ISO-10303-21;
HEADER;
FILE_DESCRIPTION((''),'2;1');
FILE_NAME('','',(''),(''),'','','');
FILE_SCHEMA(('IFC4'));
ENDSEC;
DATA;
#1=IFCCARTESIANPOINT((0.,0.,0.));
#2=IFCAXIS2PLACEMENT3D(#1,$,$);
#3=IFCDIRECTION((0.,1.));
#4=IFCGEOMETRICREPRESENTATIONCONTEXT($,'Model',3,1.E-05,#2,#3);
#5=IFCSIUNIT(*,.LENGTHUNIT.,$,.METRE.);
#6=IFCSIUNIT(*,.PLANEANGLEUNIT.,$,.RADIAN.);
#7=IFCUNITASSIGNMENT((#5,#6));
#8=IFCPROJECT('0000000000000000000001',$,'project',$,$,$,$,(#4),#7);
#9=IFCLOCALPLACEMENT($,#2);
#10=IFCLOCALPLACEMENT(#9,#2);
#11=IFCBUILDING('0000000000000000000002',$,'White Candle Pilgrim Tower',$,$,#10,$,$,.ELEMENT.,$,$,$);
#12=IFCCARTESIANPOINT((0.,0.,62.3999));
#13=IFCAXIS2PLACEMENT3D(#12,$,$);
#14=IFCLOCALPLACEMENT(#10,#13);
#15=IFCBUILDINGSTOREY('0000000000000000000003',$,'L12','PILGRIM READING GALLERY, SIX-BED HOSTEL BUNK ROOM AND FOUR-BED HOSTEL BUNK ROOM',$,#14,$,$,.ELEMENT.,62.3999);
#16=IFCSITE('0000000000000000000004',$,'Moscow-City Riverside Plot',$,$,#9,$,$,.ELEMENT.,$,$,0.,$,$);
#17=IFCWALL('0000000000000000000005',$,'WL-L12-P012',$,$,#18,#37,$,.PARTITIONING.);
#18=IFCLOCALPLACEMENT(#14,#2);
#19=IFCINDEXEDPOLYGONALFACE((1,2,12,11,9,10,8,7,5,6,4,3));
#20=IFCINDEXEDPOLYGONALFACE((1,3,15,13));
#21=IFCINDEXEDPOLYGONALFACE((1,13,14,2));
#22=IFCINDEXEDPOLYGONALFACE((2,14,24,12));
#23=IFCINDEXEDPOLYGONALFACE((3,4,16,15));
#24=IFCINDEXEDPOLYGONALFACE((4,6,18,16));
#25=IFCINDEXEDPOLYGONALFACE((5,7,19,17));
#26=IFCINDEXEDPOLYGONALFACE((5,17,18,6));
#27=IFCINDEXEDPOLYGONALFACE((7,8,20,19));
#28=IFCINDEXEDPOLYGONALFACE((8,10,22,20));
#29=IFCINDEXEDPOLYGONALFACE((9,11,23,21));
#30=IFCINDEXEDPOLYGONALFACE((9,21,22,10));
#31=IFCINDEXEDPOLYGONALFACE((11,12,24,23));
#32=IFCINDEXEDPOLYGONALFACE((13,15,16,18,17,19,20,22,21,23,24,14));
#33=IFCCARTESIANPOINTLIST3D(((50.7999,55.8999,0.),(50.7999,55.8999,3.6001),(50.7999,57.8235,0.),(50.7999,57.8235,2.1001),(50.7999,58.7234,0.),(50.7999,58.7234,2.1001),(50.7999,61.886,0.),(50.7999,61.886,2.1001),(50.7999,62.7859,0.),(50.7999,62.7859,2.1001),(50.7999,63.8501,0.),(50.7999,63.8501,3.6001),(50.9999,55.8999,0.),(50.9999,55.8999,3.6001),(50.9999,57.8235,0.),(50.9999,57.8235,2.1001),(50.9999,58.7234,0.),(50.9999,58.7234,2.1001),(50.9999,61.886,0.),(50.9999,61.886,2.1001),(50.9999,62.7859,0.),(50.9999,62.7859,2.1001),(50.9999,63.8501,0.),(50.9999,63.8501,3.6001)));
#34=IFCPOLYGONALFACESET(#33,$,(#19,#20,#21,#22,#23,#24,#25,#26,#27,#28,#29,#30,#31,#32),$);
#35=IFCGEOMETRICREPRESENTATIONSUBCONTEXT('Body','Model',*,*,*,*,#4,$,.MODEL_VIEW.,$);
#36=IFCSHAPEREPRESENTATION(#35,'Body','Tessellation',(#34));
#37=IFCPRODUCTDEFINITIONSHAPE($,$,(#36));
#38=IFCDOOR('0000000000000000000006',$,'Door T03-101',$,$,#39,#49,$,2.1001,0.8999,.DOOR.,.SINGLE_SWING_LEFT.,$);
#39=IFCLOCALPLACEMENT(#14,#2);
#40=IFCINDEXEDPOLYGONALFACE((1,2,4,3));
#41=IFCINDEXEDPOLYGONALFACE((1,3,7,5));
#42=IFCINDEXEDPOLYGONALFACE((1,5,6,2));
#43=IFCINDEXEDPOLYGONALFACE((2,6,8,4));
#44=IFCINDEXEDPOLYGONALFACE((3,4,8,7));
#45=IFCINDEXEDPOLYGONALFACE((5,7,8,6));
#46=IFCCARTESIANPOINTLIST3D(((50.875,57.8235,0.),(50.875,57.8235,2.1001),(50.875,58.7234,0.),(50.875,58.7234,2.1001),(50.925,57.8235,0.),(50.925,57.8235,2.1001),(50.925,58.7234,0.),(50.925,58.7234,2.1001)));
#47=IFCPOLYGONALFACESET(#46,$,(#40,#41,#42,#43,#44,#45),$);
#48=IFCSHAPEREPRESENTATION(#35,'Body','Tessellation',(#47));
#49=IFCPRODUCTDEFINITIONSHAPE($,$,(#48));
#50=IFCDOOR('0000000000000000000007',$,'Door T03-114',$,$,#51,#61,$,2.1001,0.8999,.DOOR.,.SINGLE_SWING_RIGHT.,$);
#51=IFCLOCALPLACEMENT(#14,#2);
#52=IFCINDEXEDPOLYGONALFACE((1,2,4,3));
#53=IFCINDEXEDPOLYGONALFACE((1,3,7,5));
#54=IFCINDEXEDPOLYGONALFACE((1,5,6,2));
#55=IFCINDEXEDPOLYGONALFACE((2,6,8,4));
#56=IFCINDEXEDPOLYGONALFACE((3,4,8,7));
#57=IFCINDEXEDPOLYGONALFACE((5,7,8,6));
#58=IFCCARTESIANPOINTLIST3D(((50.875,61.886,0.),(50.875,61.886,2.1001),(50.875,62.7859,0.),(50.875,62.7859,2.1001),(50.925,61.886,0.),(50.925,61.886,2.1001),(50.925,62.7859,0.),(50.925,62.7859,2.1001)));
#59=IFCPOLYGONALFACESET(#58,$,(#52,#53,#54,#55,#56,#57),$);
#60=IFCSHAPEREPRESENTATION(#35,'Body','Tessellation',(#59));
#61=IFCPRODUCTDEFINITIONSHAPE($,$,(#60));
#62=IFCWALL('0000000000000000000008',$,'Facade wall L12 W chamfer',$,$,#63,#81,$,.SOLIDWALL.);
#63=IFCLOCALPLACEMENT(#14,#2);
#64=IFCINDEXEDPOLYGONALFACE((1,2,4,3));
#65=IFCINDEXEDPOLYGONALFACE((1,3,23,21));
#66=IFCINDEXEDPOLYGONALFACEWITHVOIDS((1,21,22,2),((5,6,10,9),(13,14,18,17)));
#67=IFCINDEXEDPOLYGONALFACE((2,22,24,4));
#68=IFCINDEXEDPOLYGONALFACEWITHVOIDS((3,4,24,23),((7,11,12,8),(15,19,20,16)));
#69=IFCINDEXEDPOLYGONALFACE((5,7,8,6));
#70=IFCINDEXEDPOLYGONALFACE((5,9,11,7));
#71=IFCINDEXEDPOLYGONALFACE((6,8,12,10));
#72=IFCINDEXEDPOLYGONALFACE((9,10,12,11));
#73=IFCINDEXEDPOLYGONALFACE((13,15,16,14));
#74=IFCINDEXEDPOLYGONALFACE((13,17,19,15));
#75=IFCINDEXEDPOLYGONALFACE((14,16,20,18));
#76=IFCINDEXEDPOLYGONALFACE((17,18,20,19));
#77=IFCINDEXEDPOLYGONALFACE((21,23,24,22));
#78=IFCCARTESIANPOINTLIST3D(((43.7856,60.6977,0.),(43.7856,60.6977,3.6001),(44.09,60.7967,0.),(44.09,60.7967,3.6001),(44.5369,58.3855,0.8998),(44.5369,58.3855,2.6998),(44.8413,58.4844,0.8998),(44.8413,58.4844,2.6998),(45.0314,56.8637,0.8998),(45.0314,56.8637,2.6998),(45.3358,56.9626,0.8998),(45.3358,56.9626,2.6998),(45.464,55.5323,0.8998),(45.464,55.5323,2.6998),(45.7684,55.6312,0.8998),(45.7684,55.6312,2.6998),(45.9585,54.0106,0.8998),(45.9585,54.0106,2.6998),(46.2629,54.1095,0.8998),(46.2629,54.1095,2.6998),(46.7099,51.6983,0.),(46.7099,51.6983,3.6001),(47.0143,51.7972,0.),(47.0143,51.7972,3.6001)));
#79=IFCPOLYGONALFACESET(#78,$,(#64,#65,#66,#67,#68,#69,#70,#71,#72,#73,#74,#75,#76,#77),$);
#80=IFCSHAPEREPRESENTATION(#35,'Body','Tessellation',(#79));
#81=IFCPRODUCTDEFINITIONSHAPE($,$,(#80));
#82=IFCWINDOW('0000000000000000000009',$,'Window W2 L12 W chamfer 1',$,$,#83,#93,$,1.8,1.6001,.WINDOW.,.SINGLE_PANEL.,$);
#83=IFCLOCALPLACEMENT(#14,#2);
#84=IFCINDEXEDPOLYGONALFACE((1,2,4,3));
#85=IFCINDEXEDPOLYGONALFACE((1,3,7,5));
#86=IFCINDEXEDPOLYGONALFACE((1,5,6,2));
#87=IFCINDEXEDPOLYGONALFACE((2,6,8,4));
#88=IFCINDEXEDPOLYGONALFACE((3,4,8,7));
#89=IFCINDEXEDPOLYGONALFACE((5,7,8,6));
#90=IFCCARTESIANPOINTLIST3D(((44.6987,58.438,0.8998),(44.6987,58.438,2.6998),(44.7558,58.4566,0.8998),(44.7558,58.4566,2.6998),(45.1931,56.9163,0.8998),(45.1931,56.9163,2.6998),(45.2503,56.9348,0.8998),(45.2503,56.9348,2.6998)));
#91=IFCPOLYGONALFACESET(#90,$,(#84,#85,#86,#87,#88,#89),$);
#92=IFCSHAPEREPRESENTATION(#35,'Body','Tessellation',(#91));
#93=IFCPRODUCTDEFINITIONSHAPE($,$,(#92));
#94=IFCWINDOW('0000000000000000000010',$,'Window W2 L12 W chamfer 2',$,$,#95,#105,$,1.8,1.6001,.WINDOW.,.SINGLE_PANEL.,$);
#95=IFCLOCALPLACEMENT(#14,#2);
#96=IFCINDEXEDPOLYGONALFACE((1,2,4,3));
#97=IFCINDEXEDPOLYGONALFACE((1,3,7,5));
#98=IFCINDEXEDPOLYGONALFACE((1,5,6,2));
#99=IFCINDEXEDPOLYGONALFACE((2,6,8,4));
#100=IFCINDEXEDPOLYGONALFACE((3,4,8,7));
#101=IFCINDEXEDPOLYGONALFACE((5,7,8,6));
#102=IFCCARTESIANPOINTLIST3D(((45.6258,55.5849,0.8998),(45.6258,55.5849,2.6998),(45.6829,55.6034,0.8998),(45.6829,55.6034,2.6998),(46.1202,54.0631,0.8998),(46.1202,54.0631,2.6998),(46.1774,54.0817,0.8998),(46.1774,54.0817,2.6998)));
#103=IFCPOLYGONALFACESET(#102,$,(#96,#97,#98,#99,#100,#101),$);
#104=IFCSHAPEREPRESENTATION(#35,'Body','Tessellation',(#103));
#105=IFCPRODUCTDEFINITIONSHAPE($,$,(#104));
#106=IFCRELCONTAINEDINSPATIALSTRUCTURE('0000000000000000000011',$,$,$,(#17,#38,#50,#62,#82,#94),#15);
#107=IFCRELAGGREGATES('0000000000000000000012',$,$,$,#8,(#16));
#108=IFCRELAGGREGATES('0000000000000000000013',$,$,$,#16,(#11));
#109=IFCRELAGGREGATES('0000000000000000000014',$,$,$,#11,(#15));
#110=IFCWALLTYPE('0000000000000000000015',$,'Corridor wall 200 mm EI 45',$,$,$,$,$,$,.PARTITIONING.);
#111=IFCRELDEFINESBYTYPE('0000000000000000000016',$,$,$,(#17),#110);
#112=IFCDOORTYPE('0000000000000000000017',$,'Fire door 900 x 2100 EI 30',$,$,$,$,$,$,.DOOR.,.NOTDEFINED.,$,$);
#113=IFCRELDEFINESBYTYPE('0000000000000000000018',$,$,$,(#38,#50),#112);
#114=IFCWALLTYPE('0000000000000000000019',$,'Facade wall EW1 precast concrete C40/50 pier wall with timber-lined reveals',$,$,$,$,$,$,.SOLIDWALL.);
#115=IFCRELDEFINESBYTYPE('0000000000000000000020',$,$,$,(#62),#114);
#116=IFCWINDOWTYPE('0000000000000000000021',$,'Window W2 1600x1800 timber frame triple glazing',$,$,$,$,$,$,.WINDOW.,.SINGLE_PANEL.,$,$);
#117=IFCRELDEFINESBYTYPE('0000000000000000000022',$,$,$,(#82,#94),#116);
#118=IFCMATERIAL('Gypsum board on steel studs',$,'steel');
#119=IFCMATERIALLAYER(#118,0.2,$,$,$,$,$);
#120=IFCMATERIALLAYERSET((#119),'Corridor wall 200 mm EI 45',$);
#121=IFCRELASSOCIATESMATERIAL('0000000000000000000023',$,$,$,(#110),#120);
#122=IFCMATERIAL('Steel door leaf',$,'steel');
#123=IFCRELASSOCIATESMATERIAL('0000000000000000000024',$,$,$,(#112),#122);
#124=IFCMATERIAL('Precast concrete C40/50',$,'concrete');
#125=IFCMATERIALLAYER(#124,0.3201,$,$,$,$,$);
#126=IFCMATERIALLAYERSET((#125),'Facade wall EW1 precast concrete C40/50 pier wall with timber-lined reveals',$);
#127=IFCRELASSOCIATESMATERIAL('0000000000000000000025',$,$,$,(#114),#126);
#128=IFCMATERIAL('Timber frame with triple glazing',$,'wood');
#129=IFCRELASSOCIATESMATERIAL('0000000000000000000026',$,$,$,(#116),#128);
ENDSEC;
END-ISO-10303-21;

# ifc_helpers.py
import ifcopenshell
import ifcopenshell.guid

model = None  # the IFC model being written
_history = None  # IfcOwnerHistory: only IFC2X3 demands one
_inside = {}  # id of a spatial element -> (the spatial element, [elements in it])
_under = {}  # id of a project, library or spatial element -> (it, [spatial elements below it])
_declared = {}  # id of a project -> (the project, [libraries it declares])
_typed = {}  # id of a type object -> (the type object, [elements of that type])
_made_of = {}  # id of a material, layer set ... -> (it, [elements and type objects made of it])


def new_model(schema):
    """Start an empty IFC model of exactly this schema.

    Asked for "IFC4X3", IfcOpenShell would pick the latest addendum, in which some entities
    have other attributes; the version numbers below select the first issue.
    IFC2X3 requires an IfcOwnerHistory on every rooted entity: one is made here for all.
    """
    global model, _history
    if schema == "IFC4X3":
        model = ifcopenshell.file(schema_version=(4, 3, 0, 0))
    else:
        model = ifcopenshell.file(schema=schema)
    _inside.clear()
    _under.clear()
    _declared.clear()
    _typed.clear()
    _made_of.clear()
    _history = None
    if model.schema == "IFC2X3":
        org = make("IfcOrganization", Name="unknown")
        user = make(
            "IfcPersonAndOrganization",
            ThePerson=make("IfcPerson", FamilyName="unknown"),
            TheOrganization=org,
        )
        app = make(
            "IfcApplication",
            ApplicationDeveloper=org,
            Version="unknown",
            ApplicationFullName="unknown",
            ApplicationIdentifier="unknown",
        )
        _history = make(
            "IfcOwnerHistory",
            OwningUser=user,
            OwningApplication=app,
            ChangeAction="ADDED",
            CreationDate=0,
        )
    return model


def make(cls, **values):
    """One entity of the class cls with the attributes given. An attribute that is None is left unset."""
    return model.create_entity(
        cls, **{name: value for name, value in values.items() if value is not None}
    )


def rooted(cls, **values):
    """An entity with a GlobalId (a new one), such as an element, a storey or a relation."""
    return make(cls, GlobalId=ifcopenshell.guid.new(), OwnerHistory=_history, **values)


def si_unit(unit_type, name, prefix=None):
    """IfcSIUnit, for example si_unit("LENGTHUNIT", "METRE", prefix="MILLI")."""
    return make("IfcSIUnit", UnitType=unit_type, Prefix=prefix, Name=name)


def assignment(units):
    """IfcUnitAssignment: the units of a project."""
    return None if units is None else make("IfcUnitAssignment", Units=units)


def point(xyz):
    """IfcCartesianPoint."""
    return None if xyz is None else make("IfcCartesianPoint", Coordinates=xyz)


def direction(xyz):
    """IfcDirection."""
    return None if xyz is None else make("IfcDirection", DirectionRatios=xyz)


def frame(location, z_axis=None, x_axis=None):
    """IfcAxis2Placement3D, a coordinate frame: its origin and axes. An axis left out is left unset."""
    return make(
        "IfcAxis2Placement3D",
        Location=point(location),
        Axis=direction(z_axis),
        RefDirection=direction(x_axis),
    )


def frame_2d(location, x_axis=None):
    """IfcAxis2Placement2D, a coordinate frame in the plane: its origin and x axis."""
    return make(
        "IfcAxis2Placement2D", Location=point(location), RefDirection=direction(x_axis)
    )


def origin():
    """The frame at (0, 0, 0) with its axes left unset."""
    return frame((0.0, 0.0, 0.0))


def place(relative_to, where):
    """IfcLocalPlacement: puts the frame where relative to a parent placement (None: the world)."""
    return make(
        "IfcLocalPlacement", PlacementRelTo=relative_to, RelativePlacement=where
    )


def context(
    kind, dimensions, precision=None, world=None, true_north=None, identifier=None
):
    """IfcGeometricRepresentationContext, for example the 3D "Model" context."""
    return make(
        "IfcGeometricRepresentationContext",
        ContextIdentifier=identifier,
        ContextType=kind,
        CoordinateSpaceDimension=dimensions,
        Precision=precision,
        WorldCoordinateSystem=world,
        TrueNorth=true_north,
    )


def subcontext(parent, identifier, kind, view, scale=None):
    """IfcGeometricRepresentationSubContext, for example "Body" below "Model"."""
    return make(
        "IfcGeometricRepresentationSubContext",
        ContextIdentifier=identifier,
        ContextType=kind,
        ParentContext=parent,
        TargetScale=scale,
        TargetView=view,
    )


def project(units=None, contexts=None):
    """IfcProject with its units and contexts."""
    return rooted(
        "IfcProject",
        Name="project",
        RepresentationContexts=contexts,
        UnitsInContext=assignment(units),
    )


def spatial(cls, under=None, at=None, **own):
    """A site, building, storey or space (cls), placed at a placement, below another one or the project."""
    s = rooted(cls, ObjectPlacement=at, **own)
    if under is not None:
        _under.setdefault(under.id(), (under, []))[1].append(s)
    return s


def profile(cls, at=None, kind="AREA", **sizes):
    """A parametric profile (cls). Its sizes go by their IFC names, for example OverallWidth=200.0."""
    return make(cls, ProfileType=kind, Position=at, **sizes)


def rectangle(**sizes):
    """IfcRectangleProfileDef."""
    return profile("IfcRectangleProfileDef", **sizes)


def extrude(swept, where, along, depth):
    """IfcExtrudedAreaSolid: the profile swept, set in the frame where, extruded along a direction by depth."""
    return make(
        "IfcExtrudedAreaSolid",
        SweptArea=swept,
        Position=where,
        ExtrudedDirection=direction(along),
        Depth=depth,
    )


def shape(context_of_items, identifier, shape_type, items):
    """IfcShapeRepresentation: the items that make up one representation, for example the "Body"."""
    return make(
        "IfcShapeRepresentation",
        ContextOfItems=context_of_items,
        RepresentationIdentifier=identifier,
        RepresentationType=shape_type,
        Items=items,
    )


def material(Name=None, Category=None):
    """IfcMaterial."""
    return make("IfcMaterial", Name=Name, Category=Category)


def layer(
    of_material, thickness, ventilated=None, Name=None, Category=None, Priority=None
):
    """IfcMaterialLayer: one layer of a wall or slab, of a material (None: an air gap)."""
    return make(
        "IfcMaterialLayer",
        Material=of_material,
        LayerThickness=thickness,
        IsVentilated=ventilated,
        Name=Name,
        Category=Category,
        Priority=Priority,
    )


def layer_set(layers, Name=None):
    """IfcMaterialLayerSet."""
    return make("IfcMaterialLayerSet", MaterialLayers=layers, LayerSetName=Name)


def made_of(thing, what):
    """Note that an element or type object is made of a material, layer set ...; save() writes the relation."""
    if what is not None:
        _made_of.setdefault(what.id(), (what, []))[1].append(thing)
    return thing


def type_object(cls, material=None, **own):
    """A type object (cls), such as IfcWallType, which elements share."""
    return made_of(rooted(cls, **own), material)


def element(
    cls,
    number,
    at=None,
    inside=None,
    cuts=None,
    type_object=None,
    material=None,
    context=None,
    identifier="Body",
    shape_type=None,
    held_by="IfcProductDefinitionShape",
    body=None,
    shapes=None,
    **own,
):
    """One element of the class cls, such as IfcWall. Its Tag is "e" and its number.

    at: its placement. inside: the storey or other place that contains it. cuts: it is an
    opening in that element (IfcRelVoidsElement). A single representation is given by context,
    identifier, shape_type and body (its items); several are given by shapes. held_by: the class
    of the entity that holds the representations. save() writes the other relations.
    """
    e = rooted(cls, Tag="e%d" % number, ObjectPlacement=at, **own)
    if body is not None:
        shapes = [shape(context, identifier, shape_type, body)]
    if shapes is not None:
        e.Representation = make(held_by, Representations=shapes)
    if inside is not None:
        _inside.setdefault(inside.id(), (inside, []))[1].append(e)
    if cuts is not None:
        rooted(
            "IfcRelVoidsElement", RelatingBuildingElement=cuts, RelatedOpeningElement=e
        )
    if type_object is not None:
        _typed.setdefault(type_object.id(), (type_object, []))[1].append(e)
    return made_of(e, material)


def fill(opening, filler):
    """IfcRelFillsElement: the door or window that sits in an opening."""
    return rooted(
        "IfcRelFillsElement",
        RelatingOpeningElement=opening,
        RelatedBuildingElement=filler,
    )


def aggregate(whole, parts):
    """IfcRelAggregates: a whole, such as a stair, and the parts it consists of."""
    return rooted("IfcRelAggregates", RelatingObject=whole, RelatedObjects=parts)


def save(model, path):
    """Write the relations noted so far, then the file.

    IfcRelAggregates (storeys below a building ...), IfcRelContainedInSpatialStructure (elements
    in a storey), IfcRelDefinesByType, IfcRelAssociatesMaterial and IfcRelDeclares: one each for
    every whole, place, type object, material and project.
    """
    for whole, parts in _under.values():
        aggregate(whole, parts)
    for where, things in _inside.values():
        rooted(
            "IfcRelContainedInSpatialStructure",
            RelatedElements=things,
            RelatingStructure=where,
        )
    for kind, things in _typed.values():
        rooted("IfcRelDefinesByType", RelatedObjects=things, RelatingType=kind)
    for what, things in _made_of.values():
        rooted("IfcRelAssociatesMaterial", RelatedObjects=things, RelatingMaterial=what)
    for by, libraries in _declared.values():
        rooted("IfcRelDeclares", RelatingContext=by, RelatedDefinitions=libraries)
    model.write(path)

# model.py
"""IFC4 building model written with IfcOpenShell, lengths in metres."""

from ifc_helpers import new_model, si_unit, direction, frame, frame_2d, origin, place, context, subcontext, project, spatial, rectangle, extrude, material, layer, layer_set, type_object, element, fill, save


model = new_model("IFC4")

# Units and contexts
model_context = context("Model", 3, precision=1e-05, world=origin(), true_north=direction((0.0, 1.0)))
body_context = subcontext(model_context, "Body", "Model", "MODEL_VIEW")
ifc_project = project(units=[si_unit("LENGTHUNIT", "METRE"), si_unit("PLANEANGLEUNIT", "RADIAN")], contexts=[model_context])

# Site, building, storey
site_placement = place(None, origin())
site = spatial("IfcSite", under=ifc_project, at=site_placement, Name="Moscow-City Riverside Plot", CompositionType="ELEMENT", RefElevation=0.0)
building_placement = place(site_placement, origin())
building = spatial("IfcBuilding", under=site, at=building_placement, Name="White Candle Pilgrim Tower", CompositionType="ELEMENT")
storey_placement = place(building_placement, frame((0.0, 0.0, 62.3999)))
storey = spatial("IfcBuildingStorey", under=building, at=storey_placement, Name="L12", Description="PILGRIM READING GALLERY, SIX-BED HOSTEL BUNK ROOM AND FOUR-BED HOSTEL BUNK ROOM", CompositionType="ELEMENT", Elevation=62.3999)

# Wall, openings, doors
ifc_material_1 = material(Name="Gypsum board on steel studs", Category="steel")
ifc_layer_1 = layer(ifc_material_1, 0.2)
ifc_layer_set_1 = layer_set([ifc_layer_1], Name="Corridor wall 200 mm EI 45")
wall_type_1 = type_object("IfcWallType", Name="Corridor wall 200 mm EI 45", PredefinedType="PARTITIONING", material=ifc_layer_set_1)
wall_1_placement = place(storey_placement, frame((50.8999, 55.8999, 0.0), z_axis=(0.0, 0.0, 1.0), x_axis=(0.0, 1.0, 0.0)))
wall_1 = element("IfcWall", 1, at=wall_1_placement, inside=storey, type_object=wall_type_1, Name="WL-L12-P012", PredefinedType="PARTITIONING", context=body_context, shape_type="SweptSolid", body=[
    extrude(rectangle(XDim=7.9502, YDim=0.2, at=frame_2d((3.9751, 0.0))), origin(), (0.0, 0.0, 1.0), 3.6001),
])
opening_1_placement = place(wall_1_placement, frame((1.9236, 0.0, 0.0)))
opening_1 = element("IfcOpeningElement", 2, at=opening_1_placement, cuts=wall_1, PredefinedType="OPENING", context=body_context, shape_type="SweptSolid", body=[
    extrude(rectangle(XDim=0.8999, YDim=2.1001, at=frame_2d((0.45, 1.05))), frame((0.0, 0.1099, 0.0), z_axis=(0.0, -1.0, 0.0), x_axis=(1.0, 0.0, 0.0)), (0.0, 0.0, 1.0), 0.22),
])
opening_2_placement = place(wall_1_placement, frame((5.9861, 0.0, 0.0)))
opening_2 = element("IfcOpeningElement", 3, at=opening_2_placement, cuts=wall_1, PredefinedType="OPENING", context=body_context, shape_type="SweptSolid", body=[
    extrude(rectangle(XDim=0.8999, YDim=2.1001, at=frame_2d((0.45, 1.05))), frame((0.0, 0.1099, 0.0), z_axis=(0.0, -1.0, 0.0), x_axis=(1.0, 0.0, 0.0)), (0.0, 0.0, 1.0), 0.22),
])
ifc_material_2 = material(Name="Steel door leaf", Category="steel")
door_type = type_object("IfcDoorType", Name="Fire door 900 x 2100 EI 30", OperationType="NOTDEFINED", PredefinedType="DOOR", material=ifc_material_2)
door_1_placement = place(opening_1_placement, origin())
door_1 = element("IfcDoor", 4, at=door_1_placement, inside=storey, type_object=door_type, Name="Door T03-101", OperationType="SINGLE_SWING_LEFT", OverallHeight=2.1001, OverallWidth=0.8999, PredefinedType="DOOR", context=body_context, shape_type="SweptSolid", body=[
    extrude(rectangle(XDim=0.8999, YDim=2.1001, at=frame_2d((0.45, 1.05))), frame((0.0, 0.0249, 0.0), z_axis=(0.0, -1.0, 0.0), x_axis=(1.0, 0.0, 0.0)), (0.0, 0.0, 1.0), 0.05),
])
fill(opening_1, door_1)
door_2_placement = place(opening_2_placement, origin())
door_2 = element("IfcDoor", 5, at=door_2_placement, inside=storey, type_object=door_type, Name="Door T03-114", OperationType="SINGLE_SWING_RIGHT", OverallHeight=2.1001, OverallWidth=0.8999, PredefinedType="DOOR", context=body_context, shape_type="SweptSolid", body=[
    extrude(rectangle(XDim=0.8999, YDim=2.1001, at=frame_2d((0.45, 1.05))), frame((0.0, 0.0249, 0.0), z_axis=(0.0, -1.0, 0.0), x_axis=(1.0, 0.0, 0.0)), (0.0, 0.0, 1.0), 0.05),
])
fill(opening_2, door_2)

# Wall, openings, windows
ifc_material_3 = material(Name="Precast concrete C40/50", Category="concrete")
ifc_layer_2 = layer(ifc_material_3, 0.3201)
ifc_layer_set_2 = layer_set([ifc_layer_2], Name="Facade wall EW1 precast concrete C40/50 pier wall with timber-lined reveals")
wall_type_2 = type_object("IfcWallType", Name="Facade wall EW1 precast concrete C40/50 pier wall with timber-lined reveals", PredefinedType="SOLIDWALL", material=ifc_layer_set_2)
wall_2_placement = place(storey_placement, frame((43.9377, 60.7473, 0.0), z_axis=(0.0, 0.0, 1.0), x_axis=(0.309036, -0.95105, 0.0)))
wall_2 = element("IfcWall", 6, at=wall_2_placement, inside=storey, type_object=wall_type_2, Name="Facade wall L12 W chamfer", PredefinedType="SOLIDWALL", context=body_context, shape_type="SweptSolid", body=[
    extrude(rectangle(XDim=9.4626, YDim=0.3201, at=frame_2d((4.7314, 0.0))), origin(), (0.0, 0.0, 1.0), 3.6001),
])
opening_3_placement = place(wall_2_placement, frame((2.4314, 0.0, 0.8999)))
opening_3 = element("IfcOpeningElement", 7, at=opening_3_placement, cuts=wall_2, PredefinedType="OPENING", context=body_context, shape_type="SweptSolid", body=[
    extrude(rectangle(XDim=1.6001, YDim=1.8, at=frame_2d((0.8, 0.8999))), frame((0.0, 0.1699, 0.0), z_axis=(0.0, -1.0, 0.0), x_axis=(1.0, 0.0, 0.0)), (0.0, 0.0, 1.0), 0.3401),
])
opening_4_placement = place(wall_2_placement, frame((5.4314, 0.0, 0.8999)))
opening_4 = element("IfcOpeningElement", 8, at=opening_4_placement, cuts=wall_2, PredefinedType="OPENING", context=body_context, shape_type="SweptSolid", body=[
    extrude(rectangle(XDim=1.6001, YDim=1.8, at=frame_2d((0.8, 0.8999))), frame((0.0, 0.1699, 0.0), z_axis=(0.0, -1.0, 0.0), x_axis=(1.0, 0.0, 0.0)), (0.0, 0.0, 1.0), 0.3401),
])
ifc_material_4 = material(Name="Timber frame with triple glazing", Category="wood")
window_type_1 = type_object("IfcWindowType", Name="Window W2 1600x1800 timber frame triple glazing", PartitioningType="SINGLE_PANEL", PredefinedType="WINDOW", material=ifc_material_4)
window_1_placement = place(opening_3_placement, origin())
window_1 = element("IfcWindow", 9, at=window_1_placement, inside=storey, type_object=window_type_1, Name="Window W2 L12 W chamfer 1", OverallHeight=1.8, OverallWidth=1.6001, PartitioningType="SINGLE_PANEL", PredefinedType="WINDOW", context=body_context, shape_type="SweptSolid", body=[
    extrude(rectangle(XDim=1.6001, YDim=1.8, at=frame_2d((0.8, 0.8999))), frame((0.0, 0.0701, 0.0), z_axis=(0.0, -1.0, 0.0), x_axis=(1.0, 0.0, 0.0)), (0.0, 0.0, 1.0), 0.0601),
])
fill(opening_3, window_1)
window_2_placement = place(opening_4_placement, origin())
window_2 = element("IfcWindow", 10, at=window_2_placement, inside=storey, type_object=window_type_1, Name="Window W2 L12 W chamfer 2", OverallHeight=1.8, OverallWidth=1.6001, PartitioningType="SINGLE_PANEL", PredefinedType="WINDOW", context=body_context, shape_type="SweptSolid", body=[
    extrude(rectangle(XDim=1.6001, YDim=1.8, at=frame_2d((0.8, 0.8999))), frame((0.0, 0.0701, 0.0), z_axis=(0.0, -1.0, 0.0), x_axis=(1.0, 0.0, 0.0)), (0.0, 0.0, 1.0), 0.0601),
])
fill(opening_4, window_2)

save(model, "model.ifc")
